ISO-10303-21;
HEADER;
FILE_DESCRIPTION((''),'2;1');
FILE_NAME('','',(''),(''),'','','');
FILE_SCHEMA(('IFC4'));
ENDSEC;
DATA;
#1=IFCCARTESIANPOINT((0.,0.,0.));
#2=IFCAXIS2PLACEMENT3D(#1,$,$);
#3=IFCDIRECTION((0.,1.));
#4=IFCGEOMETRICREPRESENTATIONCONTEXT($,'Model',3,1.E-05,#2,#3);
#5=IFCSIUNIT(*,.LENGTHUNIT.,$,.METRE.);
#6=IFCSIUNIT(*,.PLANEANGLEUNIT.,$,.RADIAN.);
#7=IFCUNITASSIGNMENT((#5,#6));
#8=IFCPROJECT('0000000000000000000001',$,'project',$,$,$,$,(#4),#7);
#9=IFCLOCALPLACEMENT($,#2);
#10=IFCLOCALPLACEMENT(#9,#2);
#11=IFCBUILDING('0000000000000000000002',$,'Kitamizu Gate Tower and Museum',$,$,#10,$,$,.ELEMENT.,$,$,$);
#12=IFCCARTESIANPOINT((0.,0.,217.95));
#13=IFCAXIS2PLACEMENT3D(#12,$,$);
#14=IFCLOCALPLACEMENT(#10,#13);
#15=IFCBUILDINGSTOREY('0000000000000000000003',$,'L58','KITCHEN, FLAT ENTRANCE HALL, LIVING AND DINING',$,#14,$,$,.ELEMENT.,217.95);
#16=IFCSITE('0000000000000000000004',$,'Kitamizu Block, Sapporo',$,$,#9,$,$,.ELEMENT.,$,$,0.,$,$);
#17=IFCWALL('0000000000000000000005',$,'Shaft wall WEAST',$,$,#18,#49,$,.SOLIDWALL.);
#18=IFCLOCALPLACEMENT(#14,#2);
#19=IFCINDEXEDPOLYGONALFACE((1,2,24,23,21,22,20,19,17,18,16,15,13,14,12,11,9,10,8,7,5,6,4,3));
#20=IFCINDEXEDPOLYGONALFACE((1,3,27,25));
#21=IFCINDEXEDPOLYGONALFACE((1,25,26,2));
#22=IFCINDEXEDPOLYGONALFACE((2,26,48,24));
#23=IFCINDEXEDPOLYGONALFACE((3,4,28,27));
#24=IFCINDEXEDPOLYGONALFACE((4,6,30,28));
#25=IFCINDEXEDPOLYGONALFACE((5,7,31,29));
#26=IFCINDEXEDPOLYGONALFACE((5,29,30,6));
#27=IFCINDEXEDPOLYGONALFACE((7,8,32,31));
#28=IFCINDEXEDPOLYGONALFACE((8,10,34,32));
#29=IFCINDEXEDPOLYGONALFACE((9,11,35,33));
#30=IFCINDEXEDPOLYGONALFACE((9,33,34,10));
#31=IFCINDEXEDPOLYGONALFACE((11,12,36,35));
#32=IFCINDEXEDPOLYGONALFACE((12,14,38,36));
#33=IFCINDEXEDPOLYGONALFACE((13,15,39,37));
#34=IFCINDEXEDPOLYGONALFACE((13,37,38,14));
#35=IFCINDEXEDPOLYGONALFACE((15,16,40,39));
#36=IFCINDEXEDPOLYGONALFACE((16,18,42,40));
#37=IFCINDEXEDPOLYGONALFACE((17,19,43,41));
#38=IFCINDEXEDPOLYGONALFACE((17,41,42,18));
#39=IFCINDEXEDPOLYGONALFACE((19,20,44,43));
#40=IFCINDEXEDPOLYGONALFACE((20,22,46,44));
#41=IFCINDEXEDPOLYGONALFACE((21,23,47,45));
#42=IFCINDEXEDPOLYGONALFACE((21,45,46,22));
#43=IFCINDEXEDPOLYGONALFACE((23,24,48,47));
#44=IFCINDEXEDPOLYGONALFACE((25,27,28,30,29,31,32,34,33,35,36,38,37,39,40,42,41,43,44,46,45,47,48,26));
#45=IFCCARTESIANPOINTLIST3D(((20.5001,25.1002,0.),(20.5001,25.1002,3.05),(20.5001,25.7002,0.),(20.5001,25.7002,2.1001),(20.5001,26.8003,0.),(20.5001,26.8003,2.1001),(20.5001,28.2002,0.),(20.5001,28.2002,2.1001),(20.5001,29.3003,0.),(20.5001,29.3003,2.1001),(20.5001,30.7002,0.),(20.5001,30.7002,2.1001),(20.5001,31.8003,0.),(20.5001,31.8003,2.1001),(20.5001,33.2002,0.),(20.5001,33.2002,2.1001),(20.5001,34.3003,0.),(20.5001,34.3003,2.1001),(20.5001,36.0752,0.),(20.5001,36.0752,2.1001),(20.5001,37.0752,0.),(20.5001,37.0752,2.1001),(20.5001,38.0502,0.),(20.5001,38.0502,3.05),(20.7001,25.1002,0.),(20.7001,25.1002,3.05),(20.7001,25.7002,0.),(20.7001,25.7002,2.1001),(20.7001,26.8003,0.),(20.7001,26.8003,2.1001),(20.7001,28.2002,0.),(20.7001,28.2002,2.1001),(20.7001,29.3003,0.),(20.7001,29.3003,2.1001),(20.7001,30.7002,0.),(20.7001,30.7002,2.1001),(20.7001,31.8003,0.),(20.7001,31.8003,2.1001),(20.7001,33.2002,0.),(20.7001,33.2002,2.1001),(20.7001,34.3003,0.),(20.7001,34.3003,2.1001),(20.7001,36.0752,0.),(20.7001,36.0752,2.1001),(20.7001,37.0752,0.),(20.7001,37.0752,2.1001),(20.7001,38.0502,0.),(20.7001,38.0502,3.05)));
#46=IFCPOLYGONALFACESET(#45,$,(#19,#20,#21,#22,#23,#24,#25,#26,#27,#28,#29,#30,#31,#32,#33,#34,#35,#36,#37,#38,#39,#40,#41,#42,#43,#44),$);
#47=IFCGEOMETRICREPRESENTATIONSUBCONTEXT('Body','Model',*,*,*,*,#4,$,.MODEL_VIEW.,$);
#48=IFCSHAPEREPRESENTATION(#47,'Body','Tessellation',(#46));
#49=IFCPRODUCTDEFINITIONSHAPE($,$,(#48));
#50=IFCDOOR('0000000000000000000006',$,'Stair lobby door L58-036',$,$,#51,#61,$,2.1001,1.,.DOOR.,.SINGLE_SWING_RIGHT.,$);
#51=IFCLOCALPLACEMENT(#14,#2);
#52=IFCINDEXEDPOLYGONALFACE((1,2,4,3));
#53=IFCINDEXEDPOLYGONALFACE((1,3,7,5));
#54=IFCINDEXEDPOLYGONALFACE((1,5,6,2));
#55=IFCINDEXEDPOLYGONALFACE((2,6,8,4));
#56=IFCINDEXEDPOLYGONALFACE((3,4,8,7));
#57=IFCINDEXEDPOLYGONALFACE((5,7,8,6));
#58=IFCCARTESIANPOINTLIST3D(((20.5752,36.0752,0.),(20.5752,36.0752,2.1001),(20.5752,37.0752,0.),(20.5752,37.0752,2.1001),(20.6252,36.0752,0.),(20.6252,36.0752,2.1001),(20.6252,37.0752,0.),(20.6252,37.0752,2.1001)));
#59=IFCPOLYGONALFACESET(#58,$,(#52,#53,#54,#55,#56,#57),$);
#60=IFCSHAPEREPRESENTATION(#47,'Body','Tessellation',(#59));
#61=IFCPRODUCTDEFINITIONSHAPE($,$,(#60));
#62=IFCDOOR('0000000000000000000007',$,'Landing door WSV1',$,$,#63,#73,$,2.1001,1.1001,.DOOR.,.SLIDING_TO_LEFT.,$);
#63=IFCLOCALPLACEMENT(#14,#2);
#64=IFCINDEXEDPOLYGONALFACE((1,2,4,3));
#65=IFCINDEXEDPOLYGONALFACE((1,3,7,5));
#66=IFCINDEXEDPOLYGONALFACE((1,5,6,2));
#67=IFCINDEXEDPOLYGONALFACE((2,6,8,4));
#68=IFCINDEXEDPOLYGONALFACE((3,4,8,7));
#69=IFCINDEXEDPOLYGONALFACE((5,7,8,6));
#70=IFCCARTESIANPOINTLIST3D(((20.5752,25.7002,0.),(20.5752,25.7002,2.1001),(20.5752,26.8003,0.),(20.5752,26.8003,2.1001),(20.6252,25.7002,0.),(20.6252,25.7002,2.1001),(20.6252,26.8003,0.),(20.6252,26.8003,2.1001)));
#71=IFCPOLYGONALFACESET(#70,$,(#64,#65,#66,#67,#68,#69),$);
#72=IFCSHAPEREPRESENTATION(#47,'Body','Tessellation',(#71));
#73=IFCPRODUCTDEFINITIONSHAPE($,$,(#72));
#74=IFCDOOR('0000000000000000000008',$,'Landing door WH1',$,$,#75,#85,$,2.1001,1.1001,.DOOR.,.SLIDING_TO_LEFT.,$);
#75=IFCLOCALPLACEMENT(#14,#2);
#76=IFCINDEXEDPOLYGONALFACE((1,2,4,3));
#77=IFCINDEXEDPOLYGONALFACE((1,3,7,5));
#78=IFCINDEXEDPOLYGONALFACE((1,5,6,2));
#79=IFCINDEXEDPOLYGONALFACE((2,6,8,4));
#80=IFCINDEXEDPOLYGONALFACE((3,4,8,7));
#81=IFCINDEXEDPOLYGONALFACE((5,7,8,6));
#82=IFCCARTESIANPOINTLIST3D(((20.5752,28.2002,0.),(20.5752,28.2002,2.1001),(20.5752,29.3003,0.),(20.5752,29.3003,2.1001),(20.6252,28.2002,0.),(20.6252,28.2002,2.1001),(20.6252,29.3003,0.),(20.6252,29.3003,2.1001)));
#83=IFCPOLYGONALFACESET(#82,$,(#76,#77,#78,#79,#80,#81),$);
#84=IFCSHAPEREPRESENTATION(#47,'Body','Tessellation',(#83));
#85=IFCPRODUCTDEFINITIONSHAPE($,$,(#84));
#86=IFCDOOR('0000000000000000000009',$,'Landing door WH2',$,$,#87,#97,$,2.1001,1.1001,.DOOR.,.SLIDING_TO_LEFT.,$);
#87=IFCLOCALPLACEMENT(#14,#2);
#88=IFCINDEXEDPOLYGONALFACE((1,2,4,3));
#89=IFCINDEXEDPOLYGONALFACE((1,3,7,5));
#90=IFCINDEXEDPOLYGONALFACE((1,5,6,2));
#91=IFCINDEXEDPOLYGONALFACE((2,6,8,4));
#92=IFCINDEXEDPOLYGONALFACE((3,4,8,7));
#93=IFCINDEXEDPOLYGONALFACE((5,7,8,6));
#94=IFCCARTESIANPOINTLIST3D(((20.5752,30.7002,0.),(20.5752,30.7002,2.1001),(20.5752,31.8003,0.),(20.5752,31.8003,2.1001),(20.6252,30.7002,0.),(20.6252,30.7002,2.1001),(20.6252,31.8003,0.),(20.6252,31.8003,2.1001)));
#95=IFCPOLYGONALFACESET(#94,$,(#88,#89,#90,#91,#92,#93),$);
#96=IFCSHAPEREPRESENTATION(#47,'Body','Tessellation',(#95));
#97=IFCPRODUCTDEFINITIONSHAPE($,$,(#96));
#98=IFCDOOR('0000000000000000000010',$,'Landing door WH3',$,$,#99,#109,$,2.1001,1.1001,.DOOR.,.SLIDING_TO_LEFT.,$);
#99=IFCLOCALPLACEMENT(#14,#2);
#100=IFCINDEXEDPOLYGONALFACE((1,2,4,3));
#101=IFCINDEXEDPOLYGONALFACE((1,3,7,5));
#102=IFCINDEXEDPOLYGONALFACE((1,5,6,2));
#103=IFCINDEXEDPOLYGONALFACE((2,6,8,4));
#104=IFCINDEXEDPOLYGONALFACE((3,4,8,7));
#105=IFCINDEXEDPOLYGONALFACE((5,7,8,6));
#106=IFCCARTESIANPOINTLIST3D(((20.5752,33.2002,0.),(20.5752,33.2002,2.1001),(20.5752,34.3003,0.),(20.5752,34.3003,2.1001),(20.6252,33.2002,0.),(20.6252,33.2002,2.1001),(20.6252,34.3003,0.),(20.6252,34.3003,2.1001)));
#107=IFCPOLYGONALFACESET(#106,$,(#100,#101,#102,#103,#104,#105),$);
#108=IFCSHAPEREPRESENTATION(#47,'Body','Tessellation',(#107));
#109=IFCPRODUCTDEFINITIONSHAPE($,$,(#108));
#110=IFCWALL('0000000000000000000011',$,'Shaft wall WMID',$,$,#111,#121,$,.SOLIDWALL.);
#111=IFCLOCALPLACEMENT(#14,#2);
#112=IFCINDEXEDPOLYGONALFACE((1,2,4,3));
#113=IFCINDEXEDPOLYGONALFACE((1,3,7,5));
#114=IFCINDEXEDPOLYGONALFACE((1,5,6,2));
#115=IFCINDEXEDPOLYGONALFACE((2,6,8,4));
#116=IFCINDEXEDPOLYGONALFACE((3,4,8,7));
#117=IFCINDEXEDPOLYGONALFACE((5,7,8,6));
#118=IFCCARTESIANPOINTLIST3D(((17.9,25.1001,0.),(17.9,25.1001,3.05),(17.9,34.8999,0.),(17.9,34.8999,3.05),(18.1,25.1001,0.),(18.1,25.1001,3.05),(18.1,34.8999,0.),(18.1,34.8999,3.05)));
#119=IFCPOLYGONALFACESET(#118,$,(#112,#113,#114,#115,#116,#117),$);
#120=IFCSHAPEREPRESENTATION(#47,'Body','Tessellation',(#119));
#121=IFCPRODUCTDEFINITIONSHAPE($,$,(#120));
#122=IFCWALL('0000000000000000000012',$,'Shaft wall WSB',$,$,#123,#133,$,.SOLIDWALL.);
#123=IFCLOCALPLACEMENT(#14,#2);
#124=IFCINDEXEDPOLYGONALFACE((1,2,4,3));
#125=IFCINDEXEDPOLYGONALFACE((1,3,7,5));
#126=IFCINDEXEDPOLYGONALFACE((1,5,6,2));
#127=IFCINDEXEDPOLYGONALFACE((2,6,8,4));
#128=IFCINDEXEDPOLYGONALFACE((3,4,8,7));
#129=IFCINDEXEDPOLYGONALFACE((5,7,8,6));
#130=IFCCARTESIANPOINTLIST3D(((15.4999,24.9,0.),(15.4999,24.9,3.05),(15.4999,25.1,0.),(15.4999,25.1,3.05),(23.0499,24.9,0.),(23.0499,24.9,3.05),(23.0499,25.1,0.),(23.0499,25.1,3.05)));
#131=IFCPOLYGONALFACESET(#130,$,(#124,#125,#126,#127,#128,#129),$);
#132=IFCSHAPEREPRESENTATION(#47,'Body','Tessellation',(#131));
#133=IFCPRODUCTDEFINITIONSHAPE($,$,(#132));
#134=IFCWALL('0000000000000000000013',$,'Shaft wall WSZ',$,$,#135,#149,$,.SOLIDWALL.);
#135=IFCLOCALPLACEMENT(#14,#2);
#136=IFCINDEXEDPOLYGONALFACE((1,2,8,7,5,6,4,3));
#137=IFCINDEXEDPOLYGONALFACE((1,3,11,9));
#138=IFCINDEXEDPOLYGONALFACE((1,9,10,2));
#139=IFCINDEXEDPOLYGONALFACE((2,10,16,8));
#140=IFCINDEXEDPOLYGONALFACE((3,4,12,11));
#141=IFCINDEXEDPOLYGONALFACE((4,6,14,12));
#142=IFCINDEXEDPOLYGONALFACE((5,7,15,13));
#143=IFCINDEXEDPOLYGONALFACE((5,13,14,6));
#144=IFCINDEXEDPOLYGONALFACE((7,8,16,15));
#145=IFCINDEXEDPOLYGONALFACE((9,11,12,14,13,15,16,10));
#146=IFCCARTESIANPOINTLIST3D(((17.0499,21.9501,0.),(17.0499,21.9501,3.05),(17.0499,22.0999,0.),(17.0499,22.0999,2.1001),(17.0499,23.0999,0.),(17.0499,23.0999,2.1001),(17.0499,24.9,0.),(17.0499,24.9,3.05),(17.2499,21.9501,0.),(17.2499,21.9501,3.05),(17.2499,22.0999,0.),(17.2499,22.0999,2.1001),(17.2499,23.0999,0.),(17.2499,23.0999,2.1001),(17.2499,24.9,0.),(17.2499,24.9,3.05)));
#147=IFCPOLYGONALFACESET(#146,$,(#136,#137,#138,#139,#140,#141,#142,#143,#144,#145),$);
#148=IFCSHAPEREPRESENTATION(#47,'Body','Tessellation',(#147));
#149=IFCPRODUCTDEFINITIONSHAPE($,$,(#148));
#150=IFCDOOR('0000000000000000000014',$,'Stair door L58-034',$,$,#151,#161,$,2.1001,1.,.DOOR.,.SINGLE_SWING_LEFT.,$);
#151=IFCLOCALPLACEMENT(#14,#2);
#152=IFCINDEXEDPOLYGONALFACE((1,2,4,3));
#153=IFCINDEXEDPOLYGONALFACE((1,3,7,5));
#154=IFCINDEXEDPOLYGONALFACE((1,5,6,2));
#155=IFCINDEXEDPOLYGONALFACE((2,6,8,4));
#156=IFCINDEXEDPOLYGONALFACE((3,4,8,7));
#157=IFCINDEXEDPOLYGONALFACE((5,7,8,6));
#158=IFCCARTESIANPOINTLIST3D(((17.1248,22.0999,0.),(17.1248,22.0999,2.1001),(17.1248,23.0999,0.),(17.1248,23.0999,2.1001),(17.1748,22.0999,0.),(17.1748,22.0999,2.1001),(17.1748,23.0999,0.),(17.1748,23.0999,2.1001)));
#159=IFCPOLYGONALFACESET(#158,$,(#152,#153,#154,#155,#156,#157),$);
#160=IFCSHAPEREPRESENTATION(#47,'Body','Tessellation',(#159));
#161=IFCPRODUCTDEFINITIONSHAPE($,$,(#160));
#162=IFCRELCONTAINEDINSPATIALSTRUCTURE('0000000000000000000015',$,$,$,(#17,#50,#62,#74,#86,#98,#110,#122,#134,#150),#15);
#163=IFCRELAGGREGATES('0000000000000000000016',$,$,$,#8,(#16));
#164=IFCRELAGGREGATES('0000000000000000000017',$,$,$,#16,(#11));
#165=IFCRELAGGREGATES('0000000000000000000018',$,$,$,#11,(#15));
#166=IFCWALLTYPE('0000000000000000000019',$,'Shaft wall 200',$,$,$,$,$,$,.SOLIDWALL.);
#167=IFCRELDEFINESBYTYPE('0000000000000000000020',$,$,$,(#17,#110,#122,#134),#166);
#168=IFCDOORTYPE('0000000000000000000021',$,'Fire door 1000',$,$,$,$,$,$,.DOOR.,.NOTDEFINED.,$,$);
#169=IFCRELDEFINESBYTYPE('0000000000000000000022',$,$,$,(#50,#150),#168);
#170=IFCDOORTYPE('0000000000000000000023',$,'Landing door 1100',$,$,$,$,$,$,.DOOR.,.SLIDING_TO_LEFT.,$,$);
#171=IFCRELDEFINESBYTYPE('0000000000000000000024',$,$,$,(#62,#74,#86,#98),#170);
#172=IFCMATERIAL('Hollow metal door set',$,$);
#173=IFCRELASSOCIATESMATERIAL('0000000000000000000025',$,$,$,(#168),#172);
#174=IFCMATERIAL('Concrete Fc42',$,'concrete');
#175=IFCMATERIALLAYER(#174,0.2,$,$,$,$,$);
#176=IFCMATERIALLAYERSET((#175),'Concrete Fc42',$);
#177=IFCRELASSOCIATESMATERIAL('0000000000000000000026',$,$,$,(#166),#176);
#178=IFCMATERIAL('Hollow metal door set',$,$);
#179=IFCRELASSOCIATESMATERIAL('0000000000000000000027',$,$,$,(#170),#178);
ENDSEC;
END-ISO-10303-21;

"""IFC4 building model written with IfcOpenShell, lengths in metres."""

from ifc_helpers import new_model, si_unit, direction, frame, frame_2d, origin, place, context, subcontext, project, spatial, rectangle, extrude, material, layer, layer_set, type_object, element, fill, save


model = new_model("IFC4")

# Units and contexts
model_context = context("Model", 3, precision=1e-05, world=origin(), true_north=direction((0.0, 1.0)))
body_context = subcontext(model_context, "Body", "Model", "MODEL_VIEW")
ifc_project = project(units=[si_unit("LENGTHUNIT", "METRE"), si_unit("PLANEANGLEUNIT", "RADIAN")], contexts=[model_context])

# Site, building, storey
site_placement = place(None, origin())
site = spatial("IfcSite", under=ifc_project, at=site_placement, Name="Kitamizu Block, Sapporo", CompositionType="ELEMENT", RefElevation=0.0)
building_placement = place(site_placement, origin())
building = spatial("IfcBuilding", under=site, at=building_placement, Name="Kitamizu Gate Tower and Museum", CompositionType="ELEMENT")
storey_placement = place(building_placement, frame((0.0, 0.0, 217.95)))
storey = spatial("IfcBuildingStorey", under=building, at=storey_placement, Name="L58", Description="KITCHEN, FLAT ENTRANCE HALL, LIVING AND DINING", CompositionType="ELEMENT", Elevation=217.95)

# Shared definitions
ifc_material_1 = material(Name="Hollow metal door set")
door_type_1 = type_object("IfcDoorType", Name="Fire door 1000", OperationType="NOTDEFINED", PredefinedType="DOOR", material=ifc_material_1)

# Wall, openings, doors
ifc_material_2 = material(Name="Concrete Fc42", Category="concrete")
ifc_layer_1 = layer(ifc_material_2, 0.2)
ifc_layer_set_1 = layer_set([ifc_layer_1], Name="Concrete Fc42")
wall_type_1 = type_object("IfcWallType", Name="Shaft wall 200", PredefinedType="SOLIDWALL", material=ifc_layer_set_1)
ifc_material_3 = material(Name="Hollow metal door set")
door_type_2 = type_object("IfcDoorType", Name="Landing door 1100", OperationType="SLIDING_TO_LEFT", PredefinedType="DOOR", material=ifc_material_3)
wall_1_placement = place(storey_placement, frame((20.6001, 25.1001, 0.0), z_axis=(0.0, 0.0, 1.0), x_axis=(0.0, 1.0, 0.0)))
wall_1 = element("IfcWall", 1, at=wall_1_placement, inside=storey, type_object=wall_type_1, Name="Shaft wall WEAST", PredefinedType="SOLIDWALL", context=body_context, shape_type="SweptSolid", body=[
    extrude(rectangle(XDim=12.95, YDim=0.2, at=frame_2d((6.4751, 0.0))), origin(), (0.0, 0.0, 1.0), 3.05),
])
opening_1_placement = place(wall_1_placement, frame((0.6001, 0.0, 0.0)))
opening_1 = element("IfcOpeningElement", 2, at=opening_1_placement, cuts=wall_1, PredefinedType="OPENING", context=body_context, shape_type="SweptSolid", body=[
    extrude(rectangle(XDim=1.1001, YDim=2.1001, at=frame_2d((0.55, 1.05))), frame((0.0, 0.1099, 0.0), z_axis=(0.0, -1.0, 0.0), x_axis=(1.0, 0.0, 0.0)), (0.0, 0.0, 1.0), 0.22),
])
opening_2_placement = place(wall_1_placement, frame((3.1001, 0.0, 0.0)))
opening_2 = element("IfcOpeningElement", 3, at=opening_2_placement, cuts=wall_1, PredefinedType="OPENING", context=body_context, shape_type="SweptSolid", body=[
    extrude(rectangle(XDim=1.1001, YDim=2.1001, at=frame_2d((0.55, 1.05))), frame((0.0, 0.1099, 0.0), z_axis=(0.0, -1.0, 0.0), x_axis=(1.0, 0.0, 0.0)), (0.0, 0.0, 1.0), 0.22),
])
opening_3_placement = place(wall_1_placement, frame((5.6001, 0.0, 0.0)))
opening_3 = element("IfcOpeningElement", 4, at=opening_3_placement, cuts=wall_1, PredefinedType="OPENING", context=body_context, shape_type="SweptSolid", body=[
    extrude(rectangle(XDim=1.1001, YDim=2.1001, at=frame_2d((0.55, 1.05))), frame((0.0, 0.1099, 0.0), z_axis=(0.0, -1.0, 0.0), x_axis=(1.0, 0.0, 0.0)), (0.0, 0.0, 1.0), 0.22),
])
opening_4_placement = place(wall_1_placement, frame((8.1001, 0.0, 0.0)))
opening_4 = element("IfcOpeningElement", 5, at=opening_4_placement, cuts=wall_1, PredefinedType="OPENING", context=body_context, shape_type="SweptSolid", body=[
    extrude(rectangle(XDim=1.1001, YDim=2.1001, at=frame_2d((0.55, 1.05))), frame((0.0, 0.1099, 0.0), z_axis=(0.0, -1.0, 0.0), x_axis=(1.0, 0.0, 0.0)), (0.0, 0.0, 1.0), 0.22),
])
opening_5_placement = place(wall_1_placement, frame((10.9751, 0.0, 0.0)))
opening_5 = element("IfcOpeningElement", 6, at=opening_5_placement, cuts=wall_1, PredefinedType="OPENING", context=body_context, shape_type="SweptSolid", body=[
    extrude(rectangle(XDim=1.0, YDim=2.1001, at=frame_2d((0.5, 1.05))), frame((0.0, 0.1099, 0.0), z_axis=(0.0, -1.0, 0.0), x_axis=(1.0, 0.0, 0.0)), (0.0, 0.0, 1.0), 0.22),
])
door_1_placement = place(opening_5_placement, origin())
door_1 = element("IfcDoor", 7, at=door_1_placement, inside=storey, type_object=door_type_1, Name="Stair lobby door L58-036", OperationType="SINGLE_SWING_RIGHT", OverallHeight=2.1001, OverallWidth=1.0, PredefinedType="DOOR", context=body_context, shape_type="SweptSolid", body=[
    extrude(rectangle(XDim=1.0, YDim=2.1001, at=frame_2d((0.5, 1.05))), frame((0.0, 0.0249, 0.0), z_axis=(0.0, -1.0, 0.0), x_axis=(1.0, 0.0, 0.0)), (0.0, 0.0, 1.0), 0.05),
])
fill(opening_5, door_1)
door_2_placement = place(opening_1_placement, origin())
door_2 = element("IfcDoor", 8, at=door_2_placement, inside=storey, type_object=door_type_2, Name="Landing door WSV1", OperationType="SLIDING_TO_LEFT", OverallHeight=2.1001, OverallWidth=1.1001, PredefinedType="DOOR", context=body_context, shape_type="SweptSolid", body=[
    extrude(rectangle(XDim=1.1001, YDim=2.1001, at=frame_2d((0.55, 1.05))), frame((0.0, 0.0249, 0.0), z_axis=(0.0, -1.0, 0.0), x_axis=(1.0, 0.0, 0.0)), (0.0, 0.0, 1.0), 0.05),
])
fill(opening_1, door_2)
door_3_placement = place(opening_2_placement, origin())
door_3 = element("IfcDoor", 9, at=door_3_placement, inside=storey, type_object=door_type_2, Name="Landing door WH1", OperationType="SLIDING_TO_LEFT", OverallHeight=2.1001, OverallWidth=1.1001, PredefinedType="DOOR", context=body_context, shape_type="SweptSolid", body=[
    extrude(rectangle(XDim=1.1001, YDim=2.1001, at=frame_2d((0.55, 1.05))), frame((0.0, 0.0249, 0.0), z_axis=(0.0, -1.0, 0.0), x_axis=(1.0, 0.0, 0.0)), (0.0, 0.0, 1.0), 0.05),
])
fill(opening_2, door_3)
door_4_placement = place(opening_3_placement, origin())
door_4 = element("IfcDoor", 10, at=door_4_placement, inside=storey, type_object=door_type_2, Name="Landing door WH2", OperationType="SLIDING_TO_LEFT", OverallHeight=2.1001, OverallWidth=1.1001, PredefinedType="DOOR", context=body_context, shape_type="SweptSolid", body=[
    extrude(rectangle(XDim=1.1001, YDim=2.1001, at=frame_2d((0.55, 1.05))), frame((0.0, 0.0249, 0.0), z_axis=(0.0, -1.0, 0.0), x_axis=(1.0, 0.0, 0.0)), (0.0, 0.0, 1.0), 0.05),
])
fill(opening_3, door_4)
door_5_placement = place(opening_4_placement, origin())
door_5 = element("IfcDoor", 11, at=door_5_placement, inside=storey, type_object=door_type_2, Name="Landing door WH3", OperationType="SLIDING_TO_LEFT", OverallHeight=2.1001, OverallWidth=1.1001, PredefinedType="DOOR", context=body_context, shape_type="SweptSolid", body=[
    extrude(rectangle(XDim=1.1001, YDim=2.1001, at=frame_2d((0.55, 1.05))), frame((0.0, 0.0249, 0.0), z_axis=(0.0, -1.0, 0.0), x_axis=(1.0, 0.0, 0.0)), (0.0, 0.0, 1.0), 0.05),
])
fill(opening_4, door_5)

# Walls
wall_2_placement = place(storey_placement, frame((18.0, 25.1001, 0.0), z_axis=(0.0, 0.0, 1.0), x_axis=(0.0, 1.0, 0.0)))
element("IfcWall", 12, at=wall_2_placement, inside=storey, type_object=wall_type_1, Name="Shaft wall WMID", PredefinedType="SOLIDWALL", context=body_context, shape_type="SweptSolid", body=[
    extrude(rectangle(XDim=9.7998, YDim=0.2, at=frame_2d((4.8999, 0.0))), origin(), (0.0, 0.0, 1.0), 3.05),
])
wall_3_placement = place(storey_placement, frame((15.5, 25.0, 0.0), z_axis=(0.0, 0.0, 1.0), x_axis=(1.0, 0.0, 0.0)))
element("IfcWall", 13, at=wall_3_placement, inside=storey, type_object=wall_type_1, Name="Shaft wall WSB", PredefinedType="SOLIDWALL", context=body_context, shape_type="SweptSolid", body=[
    extrude(rectangle(XDim=7.55, YDim=0.2, at=frame_2d((3.7749, 0.0))), origin(), (0.0, 0.0, 1.0), 3.05),
])

# Wall, opening, door
wall_4_placement = place(storey_placement, frame((17.1499, 21.95, 0.0), z_axis=(0.0, 0.0, 1.0), x_axis=(0.0, 1.0, 0.0)))
wall_4 = element("IfcWall", 14, at=wall_4_placement, inside=storey, type_object=wall_type_1, Name="Shaft wall WSZ", PredefinedType="SOLIDWALL", context=body_context, shape_type="SweptSolid", body=[
    extrude(rectangle(XDim=2.95, YDim=0.2, at=frame_2d((1.4751, 0.0))), origin(), (0.0, 0.0, 1.0), 3.05),
])
opening_6_placement = place(wall_4_placement, frame((0.1499, 0.0, 0.0)))
opening_6 = element("IfcOpeningElement", 15, at=opening_6_placement, cuts=wall_4, PredefinedType="OPENING", context=body_context, shape_type="SweptSolid", body=[
    extrude(rectangle(XDim=1.0, YDim=2.1001, at=frame_2d((0.5, 1.05))), frame((0.0, 0.1099, 0.0), z_axis=(0.0, -1.0, 0.0), x_axis=(1.0, 0.0, 0.0)), (0.0, 0.0, 1.0), 0.22),
])
door_6_placement = place(opening_6_placement, frame((1.0, 0.0, 0.0), x_axis=(-1.0, 0.0, 0.0)))
door_6 = element("IfcDoor", 16, at=door_6_placement, inside=storey, type_object=door_type_1, Name="Stair door L58-034", OperationType="SINGLE_SWING_LEFT", OverallHeight=2.1001, OverallWidth=1.0, PredefinedType="DOOR", context=body_context, shape_type="SweptSolid", body=[
    extrude(rectangle(XDim=1.0, YDim=2.1001, at=frame_2d((0.5, 1.05))), frame((0.0, 0.0249, 0.0), z_axis=(0.0, -1.0, 0.0), x_axis=(1.0, 0.0, 0.0)), (0.0, 0.0, 1.0), 0.05),
])
fill(opening_6, door_6)

save(model, "model.ifc")
